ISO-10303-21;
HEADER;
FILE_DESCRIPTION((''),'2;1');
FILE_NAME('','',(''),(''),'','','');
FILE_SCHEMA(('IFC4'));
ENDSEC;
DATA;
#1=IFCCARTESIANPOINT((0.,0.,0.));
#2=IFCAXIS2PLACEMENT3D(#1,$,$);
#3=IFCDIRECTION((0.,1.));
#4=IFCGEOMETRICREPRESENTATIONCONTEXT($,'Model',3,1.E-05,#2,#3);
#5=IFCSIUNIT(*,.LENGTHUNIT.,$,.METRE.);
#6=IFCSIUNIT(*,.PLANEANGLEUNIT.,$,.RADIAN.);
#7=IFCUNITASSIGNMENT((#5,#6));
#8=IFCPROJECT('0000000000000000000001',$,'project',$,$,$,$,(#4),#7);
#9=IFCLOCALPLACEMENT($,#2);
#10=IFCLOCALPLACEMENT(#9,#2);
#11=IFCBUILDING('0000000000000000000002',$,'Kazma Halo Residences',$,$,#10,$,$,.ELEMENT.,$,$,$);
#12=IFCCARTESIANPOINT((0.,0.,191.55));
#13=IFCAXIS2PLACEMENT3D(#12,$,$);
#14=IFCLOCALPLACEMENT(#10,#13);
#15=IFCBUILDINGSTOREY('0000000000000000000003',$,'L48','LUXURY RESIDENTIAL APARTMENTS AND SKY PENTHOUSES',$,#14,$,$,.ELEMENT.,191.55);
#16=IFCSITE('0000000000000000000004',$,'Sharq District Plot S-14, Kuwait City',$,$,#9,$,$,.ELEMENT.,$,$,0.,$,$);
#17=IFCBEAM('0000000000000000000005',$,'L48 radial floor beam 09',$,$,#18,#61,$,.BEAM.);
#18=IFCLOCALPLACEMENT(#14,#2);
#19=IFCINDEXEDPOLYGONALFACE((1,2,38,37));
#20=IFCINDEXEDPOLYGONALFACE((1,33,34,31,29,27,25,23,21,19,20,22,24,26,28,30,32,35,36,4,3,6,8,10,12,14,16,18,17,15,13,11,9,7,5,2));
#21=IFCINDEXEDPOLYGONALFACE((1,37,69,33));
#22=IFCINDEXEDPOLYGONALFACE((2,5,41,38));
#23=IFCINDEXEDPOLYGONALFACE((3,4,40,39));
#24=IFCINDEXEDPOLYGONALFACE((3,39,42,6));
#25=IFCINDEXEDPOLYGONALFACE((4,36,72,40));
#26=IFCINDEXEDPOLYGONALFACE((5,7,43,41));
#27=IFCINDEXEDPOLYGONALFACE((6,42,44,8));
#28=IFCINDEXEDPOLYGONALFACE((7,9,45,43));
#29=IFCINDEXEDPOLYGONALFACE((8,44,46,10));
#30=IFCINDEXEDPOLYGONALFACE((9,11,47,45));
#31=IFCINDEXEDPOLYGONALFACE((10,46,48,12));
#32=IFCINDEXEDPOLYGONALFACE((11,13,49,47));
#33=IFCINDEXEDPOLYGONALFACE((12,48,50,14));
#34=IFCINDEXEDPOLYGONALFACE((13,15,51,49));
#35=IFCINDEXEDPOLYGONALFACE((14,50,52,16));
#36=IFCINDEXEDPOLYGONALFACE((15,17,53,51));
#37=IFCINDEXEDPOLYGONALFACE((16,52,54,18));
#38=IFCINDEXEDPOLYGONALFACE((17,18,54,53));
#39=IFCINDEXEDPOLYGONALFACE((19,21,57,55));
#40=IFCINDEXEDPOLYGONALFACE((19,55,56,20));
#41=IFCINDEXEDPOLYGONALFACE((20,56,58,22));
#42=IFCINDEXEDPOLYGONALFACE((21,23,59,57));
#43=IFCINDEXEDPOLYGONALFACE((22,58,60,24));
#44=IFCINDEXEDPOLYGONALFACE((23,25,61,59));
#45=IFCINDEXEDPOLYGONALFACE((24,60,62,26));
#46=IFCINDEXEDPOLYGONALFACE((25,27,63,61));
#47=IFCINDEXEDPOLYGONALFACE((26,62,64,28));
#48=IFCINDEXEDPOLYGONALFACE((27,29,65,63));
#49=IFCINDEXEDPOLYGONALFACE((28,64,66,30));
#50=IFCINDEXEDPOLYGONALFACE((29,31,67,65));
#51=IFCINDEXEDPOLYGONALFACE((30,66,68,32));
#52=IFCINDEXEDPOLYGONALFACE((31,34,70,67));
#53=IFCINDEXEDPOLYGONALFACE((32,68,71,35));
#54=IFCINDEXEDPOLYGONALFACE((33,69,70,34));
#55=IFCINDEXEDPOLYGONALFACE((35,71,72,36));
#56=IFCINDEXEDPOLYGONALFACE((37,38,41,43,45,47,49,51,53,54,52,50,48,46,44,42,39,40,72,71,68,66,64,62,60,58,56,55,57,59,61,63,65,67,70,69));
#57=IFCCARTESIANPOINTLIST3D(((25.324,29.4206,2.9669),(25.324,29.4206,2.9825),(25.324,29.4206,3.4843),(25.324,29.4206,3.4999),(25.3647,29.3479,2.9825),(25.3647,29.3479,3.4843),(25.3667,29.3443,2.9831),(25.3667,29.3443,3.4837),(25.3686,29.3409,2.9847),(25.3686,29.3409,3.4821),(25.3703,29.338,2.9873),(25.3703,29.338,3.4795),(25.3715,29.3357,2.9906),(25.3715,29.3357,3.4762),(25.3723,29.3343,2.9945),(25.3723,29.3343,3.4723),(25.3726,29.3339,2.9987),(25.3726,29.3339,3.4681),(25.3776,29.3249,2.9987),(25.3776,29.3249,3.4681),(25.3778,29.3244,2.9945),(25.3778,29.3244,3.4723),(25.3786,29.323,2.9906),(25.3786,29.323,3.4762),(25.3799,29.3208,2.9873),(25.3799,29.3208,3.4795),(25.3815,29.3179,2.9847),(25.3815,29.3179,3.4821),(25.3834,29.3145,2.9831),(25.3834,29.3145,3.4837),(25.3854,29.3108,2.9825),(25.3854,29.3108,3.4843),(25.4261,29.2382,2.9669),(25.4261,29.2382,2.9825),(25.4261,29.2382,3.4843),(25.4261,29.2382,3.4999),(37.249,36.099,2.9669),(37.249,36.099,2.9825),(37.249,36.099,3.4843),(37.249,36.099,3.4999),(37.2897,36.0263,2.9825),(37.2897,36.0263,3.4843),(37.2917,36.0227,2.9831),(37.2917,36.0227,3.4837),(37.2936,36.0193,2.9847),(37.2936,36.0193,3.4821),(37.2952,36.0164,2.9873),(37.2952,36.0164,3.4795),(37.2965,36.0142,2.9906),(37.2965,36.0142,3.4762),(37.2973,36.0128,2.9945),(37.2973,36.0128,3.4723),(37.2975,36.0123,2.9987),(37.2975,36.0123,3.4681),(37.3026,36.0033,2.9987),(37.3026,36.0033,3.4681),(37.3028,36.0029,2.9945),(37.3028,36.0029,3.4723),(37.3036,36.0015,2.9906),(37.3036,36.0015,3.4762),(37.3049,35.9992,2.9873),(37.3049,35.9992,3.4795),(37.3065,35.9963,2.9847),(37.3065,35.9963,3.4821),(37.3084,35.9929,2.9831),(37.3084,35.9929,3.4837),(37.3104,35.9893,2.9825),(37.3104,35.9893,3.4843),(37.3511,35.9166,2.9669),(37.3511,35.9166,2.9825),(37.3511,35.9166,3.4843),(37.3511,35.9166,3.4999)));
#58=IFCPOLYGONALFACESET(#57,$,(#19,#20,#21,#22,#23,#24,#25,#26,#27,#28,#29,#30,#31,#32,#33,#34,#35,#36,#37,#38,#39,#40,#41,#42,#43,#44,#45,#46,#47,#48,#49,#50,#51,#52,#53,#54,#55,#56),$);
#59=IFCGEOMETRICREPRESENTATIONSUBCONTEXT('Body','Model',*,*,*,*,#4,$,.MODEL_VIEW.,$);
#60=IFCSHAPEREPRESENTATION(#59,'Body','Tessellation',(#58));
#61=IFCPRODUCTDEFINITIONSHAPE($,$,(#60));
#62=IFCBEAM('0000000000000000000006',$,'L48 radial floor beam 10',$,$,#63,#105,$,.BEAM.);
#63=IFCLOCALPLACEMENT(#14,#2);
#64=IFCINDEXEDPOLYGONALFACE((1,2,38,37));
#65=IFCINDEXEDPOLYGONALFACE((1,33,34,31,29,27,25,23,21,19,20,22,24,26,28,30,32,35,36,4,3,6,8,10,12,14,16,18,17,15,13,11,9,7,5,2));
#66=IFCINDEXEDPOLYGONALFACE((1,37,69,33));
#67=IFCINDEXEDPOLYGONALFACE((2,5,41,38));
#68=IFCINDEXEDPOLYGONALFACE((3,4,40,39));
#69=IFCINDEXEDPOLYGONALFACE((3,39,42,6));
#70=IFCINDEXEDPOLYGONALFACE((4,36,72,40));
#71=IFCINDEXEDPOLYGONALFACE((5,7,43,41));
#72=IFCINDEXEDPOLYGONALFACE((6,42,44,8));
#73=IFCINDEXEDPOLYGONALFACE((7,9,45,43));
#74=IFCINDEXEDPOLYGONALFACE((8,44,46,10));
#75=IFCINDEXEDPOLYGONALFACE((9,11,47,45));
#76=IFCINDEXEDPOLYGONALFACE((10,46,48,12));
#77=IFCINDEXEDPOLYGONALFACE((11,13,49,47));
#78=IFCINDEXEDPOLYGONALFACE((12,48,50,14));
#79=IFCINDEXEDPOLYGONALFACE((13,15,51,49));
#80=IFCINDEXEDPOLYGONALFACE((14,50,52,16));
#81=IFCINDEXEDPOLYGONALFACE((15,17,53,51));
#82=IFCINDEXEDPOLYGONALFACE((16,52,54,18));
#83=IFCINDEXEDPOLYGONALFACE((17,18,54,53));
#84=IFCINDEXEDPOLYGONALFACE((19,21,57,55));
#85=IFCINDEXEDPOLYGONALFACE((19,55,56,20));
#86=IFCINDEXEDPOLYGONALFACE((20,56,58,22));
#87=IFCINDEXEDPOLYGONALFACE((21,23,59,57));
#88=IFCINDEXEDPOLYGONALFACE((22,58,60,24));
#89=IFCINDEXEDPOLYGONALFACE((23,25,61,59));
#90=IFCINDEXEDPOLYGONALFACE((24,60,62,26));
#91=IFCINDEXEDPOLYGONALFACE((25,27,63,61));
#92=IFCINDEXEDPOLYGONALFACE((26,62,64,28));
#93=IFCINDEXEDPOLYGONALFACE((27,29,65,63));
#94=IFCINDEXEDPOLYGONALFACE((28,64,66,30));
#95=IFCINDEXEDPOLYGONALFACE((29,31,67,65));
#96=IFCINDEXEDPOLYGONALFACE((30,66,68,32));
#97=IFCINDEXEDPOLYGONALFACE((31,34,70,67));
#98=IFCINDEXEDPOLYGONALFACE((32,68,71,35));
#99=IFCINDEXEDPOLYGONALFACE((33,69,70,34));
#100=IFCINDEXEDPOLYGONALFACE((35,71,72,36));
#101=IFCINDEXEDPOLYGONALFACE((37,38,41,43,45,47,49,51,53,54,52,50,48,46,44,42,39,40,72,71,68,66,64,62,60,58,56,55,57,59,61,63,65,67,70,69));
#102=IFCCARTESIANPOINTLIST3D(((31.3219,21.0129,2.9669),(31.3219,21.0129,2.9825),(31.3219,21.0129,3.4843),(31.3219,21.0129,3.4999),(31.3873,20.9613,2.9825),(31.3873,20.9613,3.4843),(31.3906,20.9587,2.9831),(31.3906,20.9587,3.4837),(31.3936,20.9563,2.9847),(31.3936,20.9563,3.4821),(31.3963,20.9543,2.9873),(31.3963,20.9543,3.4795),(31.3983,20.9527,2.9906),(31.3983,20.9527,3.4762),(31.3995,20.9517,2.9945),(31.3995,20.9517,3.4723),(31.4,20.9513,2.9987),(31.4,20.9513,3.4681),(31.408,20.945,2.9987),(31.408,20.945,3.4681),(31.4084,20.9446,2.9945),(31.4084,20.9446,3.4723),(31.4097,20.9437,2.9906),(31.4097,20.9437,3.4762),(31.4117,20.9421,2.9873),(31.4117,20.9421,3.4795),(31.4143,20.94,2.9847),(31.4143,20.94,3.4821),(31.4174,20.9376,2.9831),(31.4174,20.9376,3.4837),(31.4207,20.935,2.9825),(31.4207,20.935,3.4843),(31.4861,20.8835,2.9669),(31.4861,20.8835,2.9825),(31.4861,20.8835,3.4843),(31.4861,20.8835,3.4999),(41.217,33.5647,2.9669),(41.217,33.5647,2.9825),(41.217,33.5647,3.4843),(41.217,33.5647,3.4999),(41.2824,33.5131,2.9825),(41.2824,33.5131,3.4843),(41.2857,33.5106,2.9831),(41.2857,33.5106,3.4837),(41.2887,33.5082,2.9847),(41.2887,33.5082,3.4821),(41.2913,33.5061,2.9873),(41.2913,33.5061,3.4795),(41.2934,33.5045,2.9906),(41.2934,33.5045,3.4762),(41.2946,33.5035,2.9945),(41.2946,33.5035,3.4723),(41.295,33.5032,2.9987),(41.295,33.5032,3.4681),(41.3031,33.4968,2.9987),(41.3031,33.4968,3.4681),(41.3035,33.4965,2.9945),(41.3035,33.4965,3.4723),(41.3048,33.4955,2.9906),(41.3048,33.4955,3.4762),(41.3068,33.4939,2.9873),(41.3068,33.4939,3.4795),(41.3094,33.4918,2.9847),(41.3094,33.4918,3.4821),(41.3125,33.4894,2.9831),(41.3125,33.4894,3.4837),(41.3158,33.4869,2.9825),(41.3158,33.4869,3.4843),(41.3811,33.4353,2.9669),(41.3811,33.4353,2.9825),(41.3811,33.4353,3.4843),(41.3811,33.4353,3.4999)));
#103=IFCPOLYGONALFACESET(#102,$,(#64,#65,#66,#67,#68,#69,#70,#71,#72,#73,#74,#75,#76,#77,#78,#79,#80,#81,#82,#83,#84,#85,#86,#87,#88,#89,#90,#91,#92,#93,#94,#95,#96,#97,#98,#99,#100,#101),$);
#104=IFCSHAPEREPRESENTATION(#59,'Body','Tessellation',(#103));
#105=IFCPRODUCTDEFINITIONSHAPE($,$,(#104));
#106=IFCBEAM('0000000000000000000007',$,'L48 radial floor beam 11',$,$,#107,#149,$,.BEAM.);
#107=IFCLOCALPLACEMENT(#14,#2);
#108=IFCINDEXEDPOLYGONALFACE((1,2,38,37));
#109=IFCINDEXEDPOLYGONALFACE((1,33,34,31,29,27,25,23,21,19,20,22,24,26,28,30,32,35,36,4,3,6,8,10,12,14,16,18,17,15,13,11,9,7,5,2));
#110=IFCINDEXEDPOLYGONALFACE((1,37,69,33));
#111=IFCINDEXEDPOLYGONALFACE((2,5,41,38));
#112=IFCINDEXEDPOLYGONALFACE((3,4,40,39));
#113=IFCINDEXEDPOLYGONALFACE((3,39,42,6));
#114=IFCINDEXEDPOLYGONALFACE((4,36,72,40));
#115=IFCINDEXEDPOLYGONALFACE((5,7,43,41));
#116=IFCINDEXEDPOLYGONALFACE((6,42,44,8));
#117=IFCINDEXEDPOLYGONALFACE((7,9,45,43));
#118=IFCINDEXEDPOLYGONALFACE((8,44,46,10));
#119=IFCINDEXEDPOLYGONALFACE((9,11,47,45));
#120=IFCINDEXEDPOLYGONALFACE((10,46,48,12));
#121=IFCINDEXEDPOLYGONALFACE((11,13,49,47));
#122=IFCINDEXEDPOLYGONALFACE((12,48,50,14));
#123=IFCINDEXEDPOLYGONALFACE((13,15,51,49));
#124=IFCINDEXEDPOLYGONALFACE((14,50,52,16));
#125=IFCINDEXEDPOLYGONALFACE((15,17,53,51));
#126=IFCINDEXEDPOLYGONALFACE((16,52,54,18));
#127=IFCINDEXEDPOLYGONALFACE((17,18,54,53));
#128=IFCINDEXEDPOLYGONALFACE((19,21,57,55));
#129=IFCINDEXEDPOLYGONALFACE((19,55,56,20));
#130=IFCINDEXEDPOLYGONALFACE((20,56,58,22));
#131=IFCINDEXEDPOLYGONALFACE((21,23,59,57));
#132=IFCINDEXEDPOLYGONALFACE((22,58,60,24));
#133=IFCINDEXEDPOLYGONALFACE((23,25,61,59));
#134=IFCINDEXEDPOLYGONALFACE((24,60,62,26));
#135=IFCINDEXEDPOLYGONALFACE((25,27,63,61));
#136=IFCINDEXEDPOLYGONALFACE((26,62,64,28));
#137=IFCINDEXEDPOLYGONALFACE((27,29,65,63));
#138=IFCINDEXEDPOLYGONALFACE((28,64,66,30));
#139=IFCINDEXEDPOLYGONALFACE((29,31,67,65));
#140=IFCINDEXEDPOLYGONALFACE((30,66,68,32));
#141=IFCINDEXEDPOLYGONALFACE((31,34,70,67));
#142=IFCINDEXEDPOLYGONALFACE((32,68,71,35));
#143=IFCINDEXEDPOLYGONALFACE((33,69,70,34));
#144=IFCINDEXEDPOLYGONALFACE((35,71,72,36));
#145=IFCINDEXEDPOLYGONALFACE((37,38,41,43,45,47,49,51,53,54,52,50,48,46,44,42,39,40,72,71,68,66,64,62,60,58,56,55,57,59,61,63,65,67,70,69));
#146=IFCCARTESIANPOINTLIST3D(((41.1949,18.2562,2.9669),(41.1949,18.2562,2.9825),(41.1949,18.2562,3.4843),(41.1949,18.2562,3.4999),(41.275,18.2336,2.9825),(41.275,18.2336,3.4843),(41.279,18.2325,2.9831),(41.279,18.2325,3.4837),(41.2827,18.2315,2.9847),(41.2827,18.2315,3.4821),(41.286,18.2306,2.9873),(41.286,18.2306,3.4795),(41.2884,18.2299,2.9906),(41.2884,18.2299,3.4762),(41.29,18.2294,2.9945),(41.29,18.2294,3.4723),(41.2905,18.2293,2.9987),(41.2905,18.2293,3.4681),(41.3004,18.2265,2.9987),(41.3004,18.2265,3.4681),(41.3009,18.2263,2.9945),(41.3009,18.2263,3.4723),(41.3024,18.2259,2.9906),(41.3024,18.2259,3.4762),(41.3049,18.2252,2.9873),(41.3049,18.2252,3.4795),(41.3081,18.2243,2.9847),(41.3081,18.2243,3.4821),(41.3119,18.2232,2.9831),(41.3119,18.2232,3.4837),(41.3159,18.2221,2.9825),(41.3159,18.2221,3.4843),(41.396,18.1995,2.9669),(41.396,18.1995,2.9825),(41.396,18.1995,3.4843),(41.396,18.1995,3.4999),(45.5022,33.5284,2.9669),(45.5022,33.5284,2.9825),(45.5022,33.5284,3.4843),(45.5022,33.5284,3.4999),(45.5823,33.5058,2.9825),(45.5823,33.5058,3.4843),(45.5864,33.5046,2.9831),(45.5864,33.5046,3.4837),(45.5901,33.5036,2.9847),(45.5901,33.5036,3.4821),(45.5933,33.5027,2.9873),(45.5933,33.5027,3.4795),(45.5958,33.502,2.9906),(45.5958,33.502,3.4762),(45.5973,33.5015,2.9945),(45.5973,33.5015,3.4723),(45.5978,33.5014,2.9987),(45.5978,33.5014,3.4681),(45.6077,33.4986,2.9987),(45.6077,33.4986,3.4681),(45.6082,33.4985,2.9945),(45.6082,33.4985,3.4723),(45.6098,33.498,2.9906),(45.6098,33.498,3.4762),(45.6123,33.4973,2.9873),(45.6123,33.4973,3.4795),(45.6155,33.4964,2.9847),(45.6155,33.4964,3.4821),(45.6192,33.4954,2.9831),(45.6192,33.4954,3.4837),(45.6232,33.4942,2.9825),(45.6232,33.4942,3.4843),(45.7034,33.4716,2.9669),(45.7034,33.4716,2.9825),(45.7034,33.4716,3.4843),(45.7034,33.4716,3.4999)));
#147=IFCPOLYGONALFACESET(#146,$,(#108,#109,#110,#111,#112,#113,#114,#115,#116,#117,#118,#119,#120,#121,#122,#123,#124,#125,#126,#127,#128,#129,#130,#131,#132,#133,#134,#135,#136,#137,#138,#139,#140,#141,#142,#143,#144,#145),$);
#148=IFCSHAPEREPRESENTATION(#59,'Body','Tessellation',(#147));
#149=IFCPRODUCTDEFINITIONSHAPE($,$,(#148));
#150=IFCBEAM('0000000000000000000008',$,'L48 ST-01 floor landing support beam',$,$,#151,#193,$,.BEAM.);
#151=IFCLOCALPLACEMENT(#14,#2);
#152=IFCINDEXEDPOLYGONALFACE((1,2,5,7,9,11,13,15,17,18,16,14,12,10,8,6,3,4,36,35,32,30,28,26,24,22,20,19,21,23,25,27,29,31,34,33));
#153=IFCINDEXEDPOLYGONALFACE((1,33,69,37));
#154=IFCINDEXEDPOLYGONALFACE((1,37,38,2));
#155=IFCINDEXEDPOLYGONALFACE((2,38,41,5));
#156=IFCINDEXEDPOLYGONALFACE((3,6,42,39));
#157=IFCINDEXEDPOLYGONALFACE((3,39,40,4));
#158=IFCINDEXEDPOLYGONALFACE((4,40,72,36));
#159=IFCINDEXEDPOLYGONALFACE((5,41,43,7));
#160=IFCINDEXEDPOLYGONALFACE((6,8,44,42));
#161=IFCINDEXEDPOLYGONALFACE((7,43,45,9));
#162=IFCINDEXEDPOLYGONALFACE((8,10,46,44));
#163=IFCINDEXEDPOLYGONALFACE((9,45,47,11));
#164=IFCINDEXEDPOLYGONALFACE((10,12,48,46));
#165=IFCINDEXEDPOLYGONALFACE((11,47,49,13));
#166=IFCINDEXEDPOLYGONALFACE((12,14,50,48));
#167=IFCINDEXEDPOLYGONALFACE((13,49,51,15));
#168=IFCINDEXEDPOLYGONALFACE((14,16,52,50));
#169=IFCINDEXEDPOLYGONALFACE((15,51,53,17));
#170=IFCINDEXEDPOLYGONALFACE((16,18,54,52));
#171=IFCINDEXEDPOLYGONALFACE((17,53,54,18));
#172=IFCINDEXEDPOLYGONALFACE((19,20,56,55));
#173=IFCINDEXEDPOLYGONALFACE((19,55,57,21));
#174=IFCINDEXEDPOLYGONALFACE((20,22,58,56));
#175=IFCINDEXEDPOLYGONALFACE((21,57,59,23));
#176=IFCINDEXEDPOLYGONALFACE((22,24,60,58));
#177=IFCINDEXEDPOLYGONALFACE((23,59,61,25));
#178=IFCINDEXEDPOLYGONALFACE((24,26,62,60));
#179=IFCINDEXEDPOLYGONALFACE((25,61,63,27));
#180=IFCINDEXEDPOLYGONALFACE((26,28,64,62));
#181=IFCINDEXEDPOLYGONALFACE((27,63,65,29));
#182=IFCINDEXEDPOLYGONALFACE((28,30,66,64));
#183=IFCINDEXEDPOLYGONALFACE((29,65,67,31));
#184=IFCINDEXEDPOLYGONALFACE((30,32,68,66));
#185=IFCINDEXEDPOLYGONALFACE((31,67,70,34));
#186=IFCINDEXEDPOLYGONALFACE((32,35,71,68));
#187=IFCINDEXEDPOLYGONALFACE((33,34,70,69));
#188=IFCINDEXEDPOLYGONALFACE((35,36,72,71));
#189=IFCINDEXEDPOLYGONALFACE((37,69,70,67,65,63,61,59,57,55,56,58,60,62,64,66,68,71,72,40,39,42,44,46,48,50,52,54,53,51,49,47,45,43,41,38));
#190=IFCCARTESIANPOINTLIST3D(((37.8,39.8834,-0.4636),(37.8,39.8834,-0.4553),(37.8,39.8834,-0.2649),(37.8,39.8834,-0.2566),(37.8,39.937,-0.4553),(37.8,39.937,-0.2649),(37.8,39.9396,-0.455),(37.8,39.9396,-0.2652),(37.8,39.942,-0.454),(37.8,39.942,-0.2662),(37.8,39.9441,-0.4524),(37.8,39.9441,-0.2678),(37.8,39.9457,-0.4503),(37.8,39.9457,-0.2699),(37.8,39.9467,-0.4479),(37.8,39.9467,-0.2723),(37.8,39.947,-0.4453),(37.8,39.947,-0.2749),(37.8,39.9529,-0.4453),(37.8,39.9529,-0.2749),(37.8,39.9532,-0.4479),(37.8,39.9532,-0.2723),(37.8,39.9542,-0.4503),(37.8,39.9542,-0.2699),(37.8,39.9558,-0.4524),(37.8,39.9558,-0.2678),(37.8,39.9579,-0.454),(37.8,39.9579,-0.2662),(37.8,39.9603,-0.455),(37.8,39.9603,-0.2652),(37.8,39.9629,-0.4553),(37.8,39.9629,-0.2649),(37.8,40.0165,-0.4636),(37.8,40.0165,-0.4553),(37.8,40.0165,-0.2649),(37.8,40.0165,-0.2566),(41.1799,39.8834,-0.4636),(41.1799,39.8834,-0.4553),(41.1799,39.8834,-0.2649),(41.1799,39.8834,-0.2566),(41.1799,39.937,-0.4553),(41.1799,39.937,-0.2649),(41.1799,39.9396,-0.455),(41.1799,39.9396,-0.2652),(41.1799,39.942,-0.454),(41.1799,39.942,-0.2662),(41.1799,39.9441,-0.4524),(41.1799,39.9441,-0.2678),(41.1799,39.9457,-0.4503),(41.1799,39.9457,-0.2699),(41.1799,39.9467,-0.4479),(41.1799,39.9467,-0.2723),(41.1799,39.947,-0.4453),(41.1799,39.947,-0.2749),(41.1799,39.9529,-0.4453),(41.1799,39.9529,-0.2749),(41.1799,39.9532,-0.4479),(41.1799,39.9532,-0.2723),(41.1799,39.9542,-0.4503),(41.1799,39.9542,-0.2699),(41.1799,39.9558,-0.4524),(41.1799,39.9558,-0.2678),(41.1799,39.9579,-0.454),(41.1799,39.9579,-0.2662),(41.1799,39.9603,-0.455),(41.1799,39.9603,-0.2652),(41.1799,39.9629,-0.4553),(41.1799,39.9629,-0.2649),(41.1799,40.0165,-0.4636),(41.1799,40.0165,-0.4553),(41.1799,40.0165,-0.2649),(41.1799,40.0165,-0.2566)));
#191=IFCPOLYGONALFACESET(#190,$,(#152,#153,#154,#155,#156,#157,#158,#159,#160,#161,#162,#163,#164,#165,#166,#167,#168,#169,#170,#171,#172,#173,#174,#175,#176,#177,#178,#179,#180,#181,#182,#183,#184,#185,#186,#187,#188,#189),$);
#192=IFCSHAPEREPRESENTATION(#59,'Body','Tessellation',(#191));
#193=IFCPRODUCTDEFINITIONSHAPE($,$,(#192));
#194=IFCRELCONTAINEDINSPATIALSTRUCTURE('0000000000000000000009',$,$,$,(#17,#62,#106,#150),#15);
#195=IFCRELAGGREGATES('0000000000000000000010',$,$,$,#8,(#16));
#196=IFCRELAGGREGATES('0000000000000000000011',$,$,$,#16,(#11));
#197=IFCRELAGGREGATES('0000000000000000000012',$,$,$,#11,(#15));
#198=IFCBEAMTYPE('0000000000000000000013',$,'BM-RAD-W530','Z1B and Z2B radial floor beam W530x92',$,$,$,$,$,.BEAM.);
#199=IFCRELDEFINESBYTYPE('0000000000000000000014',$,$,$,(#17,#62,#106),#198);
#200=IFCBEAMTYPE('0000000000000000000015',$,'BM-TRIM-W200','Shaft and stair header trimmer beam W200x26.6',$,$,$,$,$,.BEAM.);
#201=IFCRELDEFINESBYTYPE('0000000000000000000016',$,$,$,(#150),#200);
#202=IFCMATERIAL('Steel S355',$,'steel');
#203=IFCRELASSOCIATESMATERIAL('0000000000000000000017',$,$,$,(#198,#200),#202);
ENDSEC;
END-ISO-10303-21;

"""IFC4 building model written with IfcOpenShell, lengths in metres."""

from ifc_helpers import new_model, si_unit, direction, frame, origin, origin_2d, place, context, subcontext, project, spatial, i_section, extrude, material, material_profile, profile_set, type_object, element, save


model = new_model("IFC4")

# Units and contexts
model_context = context("Model", 3, precision=1e-05, world=origin(), true_north=direction((0.0, 1.0)))
body_context = subcontext(model_context, "Body", "Model", "MODEL_VIEW")
ifc_project = project(units=[si_unit("LENGTHUNIT", "METRE"), si_unit("PLANEANGLEUNIT", "RADIAN")], contexts=[model_context])

# Site, building, storey
site_placement = place(None, origin())
site = spatial("IfcSite", under=ifc_project, at=site_placement, Name="Sharq District Plot S-14, Kuwait City", CompositionType="ELEMENT", RefElevation=0.0)
building_placement = place(site_placement, origin())
building = spatial("IfcBuilding", under=site, at=building_placement, Name="Kazma Halo Residences", CompositionType="ELEMENT")
storey_placement = place(building_placement, frame((0.0, 0.0, 191.55)))
storey = spatial("IfcBuildingStorey", under=building, at=storey_placement, Name="L48", Description="LUXURY RESIDENTIAL APARTMENTS AND SKY PENTHOUSES", CompositionType="ELEMENT", Elevation=191.55)

# Beams
ifc_material_1 = material(Name="Steel S355", Category="steel")
ifc_material_profile_1 = material_profile(ifc_material_1, i_section(OverallWidth=0.209, OverallDepth=0.533, WebThickness=0.0103, FlangeThickness=0.0156, FilletRadius=0.0161, at=origin_2d()), Name="W530x92")
ifc_profile_set_1 = profile_set([ifc_material_profile_1], Name="Steel S355")
beam_type_1 = type_object("IfcBeamType", Name="BM-RAD-W530", Description="Z1B and Z2B radial floor beam W530x92", PredefinedType="BEAM", material=ifc_profile_set_1)
beam_1_placement = place(storey_placement, frame((37.3, 36.0078, 3.2334), z_axis=(-0.872492, -0.488628, 0.0), x_axis=(0.488628, -0.872492, 0.0)))
element("IfcBeam", 1, at=beam_1_placement, inside=storey, type_object=beam_type_1, Name="L48 radial floor beam 09", PredefinedType="BEAM", context=body_context, shape_type="SweptSolid", body=[
    extrude(i_section(OverallWidth=0.209, OverallDepth=0.533, WebThickness=0.0103, FlangeThickness=0.0156, FilletRadius=0.0161, at=origin_2d()), origin(), (0.0, 0.0, 1.0), 13.6677),
])
beam_2_placement = place(storey_placement, frame((41.2991, 33.5, 3.2334), z_axis=(-0.619094, -0.785317, 0.0), x_axis=(0.785317, -0.619094, 0.0)))
element("IfcBeam", 2, at=beam_2_placement, inside=storey, type_object=beam_type_1, Name="L48 radial floor beam 10", PredefinedType="BEAM", context=body_context, shape_type="SweptSolid", body=[
    extrude(i_section(OverallWidth=0.209, OverallDepth=0.533, WebThickness=0.0103, FlangeThickness=0.0156, FilletRadius=0.0161, at=origin_2d()), origin(), (0.0, 0.0, 1.0), 15.9832),
])
beam_3_placement = place(storey_placement, frame((45.6028, 33.5, 3.2334), z_axis=(-0.27145, -0.962453, 0.0), x_axis=(0.962453, -0.27145, 0.0)))
element("IfcBeam", 3, at=beam_3_placement, inside=storey, type_object=beam_type_1, Name="L48 radial floor beam 11", PredefinedType="BEAM", context=body_context, shape_type="SweptSolid", body=[
    extrude(i_section(OverallWidth=0.209, OverallDepth=0.533, WebThickness=0.0103, FlangeThickness=0.0156, FilletRadius=0.0161, at=origin_2d()), origin(), (0.0, 0.0, 1.0), 15.8679),
])
ifc_material_profile_2 = material_profile(ifc_material_1, i_section(OverallWidth=0.1331, OverallDepth=0.207, WebThickness=0.0059, FlangeThickness=0.0083, FilletRadius=0.01, at=origin_2d()), Name="W200x26.6")
ifc_profile_set_2 = profile_set([ifc_material_profile_2], Name="Steel S355")
beam_type_2 = type_object("IfcBeamType", Name="BM-TRIM-W200", Description="Shaft and stair header trimmer beam W200x26.6", PredefinedType="BEAM", material=ifc_profile_set_2)
beam_4_placement = place(storey_placement, frame((37.8, 39.95, -0.3601), z_axis=(1.0, 0.0, 0.0), x_axis=(0.0, 1.0, 0.0)))
element("IfcBeam", 4, at=beam_4_placement, inside=storey, type_object=beam_type_2, Name="L48 ST-01 floor landing support beam", PredefinedType="BEAM", context=body_context, shape_type="SweptSolid", body=[
    extrude(i_section(OverallWidth=0.1331, OverallDepth=0.207, WebThickness=0.0059, FlangeThickness=0.0083, FilletRadius=0.01, at=origin_2d()), origin(), (0.0, 0.0, 1.0), 3.3799),
])

save(model, "model.ifc")
